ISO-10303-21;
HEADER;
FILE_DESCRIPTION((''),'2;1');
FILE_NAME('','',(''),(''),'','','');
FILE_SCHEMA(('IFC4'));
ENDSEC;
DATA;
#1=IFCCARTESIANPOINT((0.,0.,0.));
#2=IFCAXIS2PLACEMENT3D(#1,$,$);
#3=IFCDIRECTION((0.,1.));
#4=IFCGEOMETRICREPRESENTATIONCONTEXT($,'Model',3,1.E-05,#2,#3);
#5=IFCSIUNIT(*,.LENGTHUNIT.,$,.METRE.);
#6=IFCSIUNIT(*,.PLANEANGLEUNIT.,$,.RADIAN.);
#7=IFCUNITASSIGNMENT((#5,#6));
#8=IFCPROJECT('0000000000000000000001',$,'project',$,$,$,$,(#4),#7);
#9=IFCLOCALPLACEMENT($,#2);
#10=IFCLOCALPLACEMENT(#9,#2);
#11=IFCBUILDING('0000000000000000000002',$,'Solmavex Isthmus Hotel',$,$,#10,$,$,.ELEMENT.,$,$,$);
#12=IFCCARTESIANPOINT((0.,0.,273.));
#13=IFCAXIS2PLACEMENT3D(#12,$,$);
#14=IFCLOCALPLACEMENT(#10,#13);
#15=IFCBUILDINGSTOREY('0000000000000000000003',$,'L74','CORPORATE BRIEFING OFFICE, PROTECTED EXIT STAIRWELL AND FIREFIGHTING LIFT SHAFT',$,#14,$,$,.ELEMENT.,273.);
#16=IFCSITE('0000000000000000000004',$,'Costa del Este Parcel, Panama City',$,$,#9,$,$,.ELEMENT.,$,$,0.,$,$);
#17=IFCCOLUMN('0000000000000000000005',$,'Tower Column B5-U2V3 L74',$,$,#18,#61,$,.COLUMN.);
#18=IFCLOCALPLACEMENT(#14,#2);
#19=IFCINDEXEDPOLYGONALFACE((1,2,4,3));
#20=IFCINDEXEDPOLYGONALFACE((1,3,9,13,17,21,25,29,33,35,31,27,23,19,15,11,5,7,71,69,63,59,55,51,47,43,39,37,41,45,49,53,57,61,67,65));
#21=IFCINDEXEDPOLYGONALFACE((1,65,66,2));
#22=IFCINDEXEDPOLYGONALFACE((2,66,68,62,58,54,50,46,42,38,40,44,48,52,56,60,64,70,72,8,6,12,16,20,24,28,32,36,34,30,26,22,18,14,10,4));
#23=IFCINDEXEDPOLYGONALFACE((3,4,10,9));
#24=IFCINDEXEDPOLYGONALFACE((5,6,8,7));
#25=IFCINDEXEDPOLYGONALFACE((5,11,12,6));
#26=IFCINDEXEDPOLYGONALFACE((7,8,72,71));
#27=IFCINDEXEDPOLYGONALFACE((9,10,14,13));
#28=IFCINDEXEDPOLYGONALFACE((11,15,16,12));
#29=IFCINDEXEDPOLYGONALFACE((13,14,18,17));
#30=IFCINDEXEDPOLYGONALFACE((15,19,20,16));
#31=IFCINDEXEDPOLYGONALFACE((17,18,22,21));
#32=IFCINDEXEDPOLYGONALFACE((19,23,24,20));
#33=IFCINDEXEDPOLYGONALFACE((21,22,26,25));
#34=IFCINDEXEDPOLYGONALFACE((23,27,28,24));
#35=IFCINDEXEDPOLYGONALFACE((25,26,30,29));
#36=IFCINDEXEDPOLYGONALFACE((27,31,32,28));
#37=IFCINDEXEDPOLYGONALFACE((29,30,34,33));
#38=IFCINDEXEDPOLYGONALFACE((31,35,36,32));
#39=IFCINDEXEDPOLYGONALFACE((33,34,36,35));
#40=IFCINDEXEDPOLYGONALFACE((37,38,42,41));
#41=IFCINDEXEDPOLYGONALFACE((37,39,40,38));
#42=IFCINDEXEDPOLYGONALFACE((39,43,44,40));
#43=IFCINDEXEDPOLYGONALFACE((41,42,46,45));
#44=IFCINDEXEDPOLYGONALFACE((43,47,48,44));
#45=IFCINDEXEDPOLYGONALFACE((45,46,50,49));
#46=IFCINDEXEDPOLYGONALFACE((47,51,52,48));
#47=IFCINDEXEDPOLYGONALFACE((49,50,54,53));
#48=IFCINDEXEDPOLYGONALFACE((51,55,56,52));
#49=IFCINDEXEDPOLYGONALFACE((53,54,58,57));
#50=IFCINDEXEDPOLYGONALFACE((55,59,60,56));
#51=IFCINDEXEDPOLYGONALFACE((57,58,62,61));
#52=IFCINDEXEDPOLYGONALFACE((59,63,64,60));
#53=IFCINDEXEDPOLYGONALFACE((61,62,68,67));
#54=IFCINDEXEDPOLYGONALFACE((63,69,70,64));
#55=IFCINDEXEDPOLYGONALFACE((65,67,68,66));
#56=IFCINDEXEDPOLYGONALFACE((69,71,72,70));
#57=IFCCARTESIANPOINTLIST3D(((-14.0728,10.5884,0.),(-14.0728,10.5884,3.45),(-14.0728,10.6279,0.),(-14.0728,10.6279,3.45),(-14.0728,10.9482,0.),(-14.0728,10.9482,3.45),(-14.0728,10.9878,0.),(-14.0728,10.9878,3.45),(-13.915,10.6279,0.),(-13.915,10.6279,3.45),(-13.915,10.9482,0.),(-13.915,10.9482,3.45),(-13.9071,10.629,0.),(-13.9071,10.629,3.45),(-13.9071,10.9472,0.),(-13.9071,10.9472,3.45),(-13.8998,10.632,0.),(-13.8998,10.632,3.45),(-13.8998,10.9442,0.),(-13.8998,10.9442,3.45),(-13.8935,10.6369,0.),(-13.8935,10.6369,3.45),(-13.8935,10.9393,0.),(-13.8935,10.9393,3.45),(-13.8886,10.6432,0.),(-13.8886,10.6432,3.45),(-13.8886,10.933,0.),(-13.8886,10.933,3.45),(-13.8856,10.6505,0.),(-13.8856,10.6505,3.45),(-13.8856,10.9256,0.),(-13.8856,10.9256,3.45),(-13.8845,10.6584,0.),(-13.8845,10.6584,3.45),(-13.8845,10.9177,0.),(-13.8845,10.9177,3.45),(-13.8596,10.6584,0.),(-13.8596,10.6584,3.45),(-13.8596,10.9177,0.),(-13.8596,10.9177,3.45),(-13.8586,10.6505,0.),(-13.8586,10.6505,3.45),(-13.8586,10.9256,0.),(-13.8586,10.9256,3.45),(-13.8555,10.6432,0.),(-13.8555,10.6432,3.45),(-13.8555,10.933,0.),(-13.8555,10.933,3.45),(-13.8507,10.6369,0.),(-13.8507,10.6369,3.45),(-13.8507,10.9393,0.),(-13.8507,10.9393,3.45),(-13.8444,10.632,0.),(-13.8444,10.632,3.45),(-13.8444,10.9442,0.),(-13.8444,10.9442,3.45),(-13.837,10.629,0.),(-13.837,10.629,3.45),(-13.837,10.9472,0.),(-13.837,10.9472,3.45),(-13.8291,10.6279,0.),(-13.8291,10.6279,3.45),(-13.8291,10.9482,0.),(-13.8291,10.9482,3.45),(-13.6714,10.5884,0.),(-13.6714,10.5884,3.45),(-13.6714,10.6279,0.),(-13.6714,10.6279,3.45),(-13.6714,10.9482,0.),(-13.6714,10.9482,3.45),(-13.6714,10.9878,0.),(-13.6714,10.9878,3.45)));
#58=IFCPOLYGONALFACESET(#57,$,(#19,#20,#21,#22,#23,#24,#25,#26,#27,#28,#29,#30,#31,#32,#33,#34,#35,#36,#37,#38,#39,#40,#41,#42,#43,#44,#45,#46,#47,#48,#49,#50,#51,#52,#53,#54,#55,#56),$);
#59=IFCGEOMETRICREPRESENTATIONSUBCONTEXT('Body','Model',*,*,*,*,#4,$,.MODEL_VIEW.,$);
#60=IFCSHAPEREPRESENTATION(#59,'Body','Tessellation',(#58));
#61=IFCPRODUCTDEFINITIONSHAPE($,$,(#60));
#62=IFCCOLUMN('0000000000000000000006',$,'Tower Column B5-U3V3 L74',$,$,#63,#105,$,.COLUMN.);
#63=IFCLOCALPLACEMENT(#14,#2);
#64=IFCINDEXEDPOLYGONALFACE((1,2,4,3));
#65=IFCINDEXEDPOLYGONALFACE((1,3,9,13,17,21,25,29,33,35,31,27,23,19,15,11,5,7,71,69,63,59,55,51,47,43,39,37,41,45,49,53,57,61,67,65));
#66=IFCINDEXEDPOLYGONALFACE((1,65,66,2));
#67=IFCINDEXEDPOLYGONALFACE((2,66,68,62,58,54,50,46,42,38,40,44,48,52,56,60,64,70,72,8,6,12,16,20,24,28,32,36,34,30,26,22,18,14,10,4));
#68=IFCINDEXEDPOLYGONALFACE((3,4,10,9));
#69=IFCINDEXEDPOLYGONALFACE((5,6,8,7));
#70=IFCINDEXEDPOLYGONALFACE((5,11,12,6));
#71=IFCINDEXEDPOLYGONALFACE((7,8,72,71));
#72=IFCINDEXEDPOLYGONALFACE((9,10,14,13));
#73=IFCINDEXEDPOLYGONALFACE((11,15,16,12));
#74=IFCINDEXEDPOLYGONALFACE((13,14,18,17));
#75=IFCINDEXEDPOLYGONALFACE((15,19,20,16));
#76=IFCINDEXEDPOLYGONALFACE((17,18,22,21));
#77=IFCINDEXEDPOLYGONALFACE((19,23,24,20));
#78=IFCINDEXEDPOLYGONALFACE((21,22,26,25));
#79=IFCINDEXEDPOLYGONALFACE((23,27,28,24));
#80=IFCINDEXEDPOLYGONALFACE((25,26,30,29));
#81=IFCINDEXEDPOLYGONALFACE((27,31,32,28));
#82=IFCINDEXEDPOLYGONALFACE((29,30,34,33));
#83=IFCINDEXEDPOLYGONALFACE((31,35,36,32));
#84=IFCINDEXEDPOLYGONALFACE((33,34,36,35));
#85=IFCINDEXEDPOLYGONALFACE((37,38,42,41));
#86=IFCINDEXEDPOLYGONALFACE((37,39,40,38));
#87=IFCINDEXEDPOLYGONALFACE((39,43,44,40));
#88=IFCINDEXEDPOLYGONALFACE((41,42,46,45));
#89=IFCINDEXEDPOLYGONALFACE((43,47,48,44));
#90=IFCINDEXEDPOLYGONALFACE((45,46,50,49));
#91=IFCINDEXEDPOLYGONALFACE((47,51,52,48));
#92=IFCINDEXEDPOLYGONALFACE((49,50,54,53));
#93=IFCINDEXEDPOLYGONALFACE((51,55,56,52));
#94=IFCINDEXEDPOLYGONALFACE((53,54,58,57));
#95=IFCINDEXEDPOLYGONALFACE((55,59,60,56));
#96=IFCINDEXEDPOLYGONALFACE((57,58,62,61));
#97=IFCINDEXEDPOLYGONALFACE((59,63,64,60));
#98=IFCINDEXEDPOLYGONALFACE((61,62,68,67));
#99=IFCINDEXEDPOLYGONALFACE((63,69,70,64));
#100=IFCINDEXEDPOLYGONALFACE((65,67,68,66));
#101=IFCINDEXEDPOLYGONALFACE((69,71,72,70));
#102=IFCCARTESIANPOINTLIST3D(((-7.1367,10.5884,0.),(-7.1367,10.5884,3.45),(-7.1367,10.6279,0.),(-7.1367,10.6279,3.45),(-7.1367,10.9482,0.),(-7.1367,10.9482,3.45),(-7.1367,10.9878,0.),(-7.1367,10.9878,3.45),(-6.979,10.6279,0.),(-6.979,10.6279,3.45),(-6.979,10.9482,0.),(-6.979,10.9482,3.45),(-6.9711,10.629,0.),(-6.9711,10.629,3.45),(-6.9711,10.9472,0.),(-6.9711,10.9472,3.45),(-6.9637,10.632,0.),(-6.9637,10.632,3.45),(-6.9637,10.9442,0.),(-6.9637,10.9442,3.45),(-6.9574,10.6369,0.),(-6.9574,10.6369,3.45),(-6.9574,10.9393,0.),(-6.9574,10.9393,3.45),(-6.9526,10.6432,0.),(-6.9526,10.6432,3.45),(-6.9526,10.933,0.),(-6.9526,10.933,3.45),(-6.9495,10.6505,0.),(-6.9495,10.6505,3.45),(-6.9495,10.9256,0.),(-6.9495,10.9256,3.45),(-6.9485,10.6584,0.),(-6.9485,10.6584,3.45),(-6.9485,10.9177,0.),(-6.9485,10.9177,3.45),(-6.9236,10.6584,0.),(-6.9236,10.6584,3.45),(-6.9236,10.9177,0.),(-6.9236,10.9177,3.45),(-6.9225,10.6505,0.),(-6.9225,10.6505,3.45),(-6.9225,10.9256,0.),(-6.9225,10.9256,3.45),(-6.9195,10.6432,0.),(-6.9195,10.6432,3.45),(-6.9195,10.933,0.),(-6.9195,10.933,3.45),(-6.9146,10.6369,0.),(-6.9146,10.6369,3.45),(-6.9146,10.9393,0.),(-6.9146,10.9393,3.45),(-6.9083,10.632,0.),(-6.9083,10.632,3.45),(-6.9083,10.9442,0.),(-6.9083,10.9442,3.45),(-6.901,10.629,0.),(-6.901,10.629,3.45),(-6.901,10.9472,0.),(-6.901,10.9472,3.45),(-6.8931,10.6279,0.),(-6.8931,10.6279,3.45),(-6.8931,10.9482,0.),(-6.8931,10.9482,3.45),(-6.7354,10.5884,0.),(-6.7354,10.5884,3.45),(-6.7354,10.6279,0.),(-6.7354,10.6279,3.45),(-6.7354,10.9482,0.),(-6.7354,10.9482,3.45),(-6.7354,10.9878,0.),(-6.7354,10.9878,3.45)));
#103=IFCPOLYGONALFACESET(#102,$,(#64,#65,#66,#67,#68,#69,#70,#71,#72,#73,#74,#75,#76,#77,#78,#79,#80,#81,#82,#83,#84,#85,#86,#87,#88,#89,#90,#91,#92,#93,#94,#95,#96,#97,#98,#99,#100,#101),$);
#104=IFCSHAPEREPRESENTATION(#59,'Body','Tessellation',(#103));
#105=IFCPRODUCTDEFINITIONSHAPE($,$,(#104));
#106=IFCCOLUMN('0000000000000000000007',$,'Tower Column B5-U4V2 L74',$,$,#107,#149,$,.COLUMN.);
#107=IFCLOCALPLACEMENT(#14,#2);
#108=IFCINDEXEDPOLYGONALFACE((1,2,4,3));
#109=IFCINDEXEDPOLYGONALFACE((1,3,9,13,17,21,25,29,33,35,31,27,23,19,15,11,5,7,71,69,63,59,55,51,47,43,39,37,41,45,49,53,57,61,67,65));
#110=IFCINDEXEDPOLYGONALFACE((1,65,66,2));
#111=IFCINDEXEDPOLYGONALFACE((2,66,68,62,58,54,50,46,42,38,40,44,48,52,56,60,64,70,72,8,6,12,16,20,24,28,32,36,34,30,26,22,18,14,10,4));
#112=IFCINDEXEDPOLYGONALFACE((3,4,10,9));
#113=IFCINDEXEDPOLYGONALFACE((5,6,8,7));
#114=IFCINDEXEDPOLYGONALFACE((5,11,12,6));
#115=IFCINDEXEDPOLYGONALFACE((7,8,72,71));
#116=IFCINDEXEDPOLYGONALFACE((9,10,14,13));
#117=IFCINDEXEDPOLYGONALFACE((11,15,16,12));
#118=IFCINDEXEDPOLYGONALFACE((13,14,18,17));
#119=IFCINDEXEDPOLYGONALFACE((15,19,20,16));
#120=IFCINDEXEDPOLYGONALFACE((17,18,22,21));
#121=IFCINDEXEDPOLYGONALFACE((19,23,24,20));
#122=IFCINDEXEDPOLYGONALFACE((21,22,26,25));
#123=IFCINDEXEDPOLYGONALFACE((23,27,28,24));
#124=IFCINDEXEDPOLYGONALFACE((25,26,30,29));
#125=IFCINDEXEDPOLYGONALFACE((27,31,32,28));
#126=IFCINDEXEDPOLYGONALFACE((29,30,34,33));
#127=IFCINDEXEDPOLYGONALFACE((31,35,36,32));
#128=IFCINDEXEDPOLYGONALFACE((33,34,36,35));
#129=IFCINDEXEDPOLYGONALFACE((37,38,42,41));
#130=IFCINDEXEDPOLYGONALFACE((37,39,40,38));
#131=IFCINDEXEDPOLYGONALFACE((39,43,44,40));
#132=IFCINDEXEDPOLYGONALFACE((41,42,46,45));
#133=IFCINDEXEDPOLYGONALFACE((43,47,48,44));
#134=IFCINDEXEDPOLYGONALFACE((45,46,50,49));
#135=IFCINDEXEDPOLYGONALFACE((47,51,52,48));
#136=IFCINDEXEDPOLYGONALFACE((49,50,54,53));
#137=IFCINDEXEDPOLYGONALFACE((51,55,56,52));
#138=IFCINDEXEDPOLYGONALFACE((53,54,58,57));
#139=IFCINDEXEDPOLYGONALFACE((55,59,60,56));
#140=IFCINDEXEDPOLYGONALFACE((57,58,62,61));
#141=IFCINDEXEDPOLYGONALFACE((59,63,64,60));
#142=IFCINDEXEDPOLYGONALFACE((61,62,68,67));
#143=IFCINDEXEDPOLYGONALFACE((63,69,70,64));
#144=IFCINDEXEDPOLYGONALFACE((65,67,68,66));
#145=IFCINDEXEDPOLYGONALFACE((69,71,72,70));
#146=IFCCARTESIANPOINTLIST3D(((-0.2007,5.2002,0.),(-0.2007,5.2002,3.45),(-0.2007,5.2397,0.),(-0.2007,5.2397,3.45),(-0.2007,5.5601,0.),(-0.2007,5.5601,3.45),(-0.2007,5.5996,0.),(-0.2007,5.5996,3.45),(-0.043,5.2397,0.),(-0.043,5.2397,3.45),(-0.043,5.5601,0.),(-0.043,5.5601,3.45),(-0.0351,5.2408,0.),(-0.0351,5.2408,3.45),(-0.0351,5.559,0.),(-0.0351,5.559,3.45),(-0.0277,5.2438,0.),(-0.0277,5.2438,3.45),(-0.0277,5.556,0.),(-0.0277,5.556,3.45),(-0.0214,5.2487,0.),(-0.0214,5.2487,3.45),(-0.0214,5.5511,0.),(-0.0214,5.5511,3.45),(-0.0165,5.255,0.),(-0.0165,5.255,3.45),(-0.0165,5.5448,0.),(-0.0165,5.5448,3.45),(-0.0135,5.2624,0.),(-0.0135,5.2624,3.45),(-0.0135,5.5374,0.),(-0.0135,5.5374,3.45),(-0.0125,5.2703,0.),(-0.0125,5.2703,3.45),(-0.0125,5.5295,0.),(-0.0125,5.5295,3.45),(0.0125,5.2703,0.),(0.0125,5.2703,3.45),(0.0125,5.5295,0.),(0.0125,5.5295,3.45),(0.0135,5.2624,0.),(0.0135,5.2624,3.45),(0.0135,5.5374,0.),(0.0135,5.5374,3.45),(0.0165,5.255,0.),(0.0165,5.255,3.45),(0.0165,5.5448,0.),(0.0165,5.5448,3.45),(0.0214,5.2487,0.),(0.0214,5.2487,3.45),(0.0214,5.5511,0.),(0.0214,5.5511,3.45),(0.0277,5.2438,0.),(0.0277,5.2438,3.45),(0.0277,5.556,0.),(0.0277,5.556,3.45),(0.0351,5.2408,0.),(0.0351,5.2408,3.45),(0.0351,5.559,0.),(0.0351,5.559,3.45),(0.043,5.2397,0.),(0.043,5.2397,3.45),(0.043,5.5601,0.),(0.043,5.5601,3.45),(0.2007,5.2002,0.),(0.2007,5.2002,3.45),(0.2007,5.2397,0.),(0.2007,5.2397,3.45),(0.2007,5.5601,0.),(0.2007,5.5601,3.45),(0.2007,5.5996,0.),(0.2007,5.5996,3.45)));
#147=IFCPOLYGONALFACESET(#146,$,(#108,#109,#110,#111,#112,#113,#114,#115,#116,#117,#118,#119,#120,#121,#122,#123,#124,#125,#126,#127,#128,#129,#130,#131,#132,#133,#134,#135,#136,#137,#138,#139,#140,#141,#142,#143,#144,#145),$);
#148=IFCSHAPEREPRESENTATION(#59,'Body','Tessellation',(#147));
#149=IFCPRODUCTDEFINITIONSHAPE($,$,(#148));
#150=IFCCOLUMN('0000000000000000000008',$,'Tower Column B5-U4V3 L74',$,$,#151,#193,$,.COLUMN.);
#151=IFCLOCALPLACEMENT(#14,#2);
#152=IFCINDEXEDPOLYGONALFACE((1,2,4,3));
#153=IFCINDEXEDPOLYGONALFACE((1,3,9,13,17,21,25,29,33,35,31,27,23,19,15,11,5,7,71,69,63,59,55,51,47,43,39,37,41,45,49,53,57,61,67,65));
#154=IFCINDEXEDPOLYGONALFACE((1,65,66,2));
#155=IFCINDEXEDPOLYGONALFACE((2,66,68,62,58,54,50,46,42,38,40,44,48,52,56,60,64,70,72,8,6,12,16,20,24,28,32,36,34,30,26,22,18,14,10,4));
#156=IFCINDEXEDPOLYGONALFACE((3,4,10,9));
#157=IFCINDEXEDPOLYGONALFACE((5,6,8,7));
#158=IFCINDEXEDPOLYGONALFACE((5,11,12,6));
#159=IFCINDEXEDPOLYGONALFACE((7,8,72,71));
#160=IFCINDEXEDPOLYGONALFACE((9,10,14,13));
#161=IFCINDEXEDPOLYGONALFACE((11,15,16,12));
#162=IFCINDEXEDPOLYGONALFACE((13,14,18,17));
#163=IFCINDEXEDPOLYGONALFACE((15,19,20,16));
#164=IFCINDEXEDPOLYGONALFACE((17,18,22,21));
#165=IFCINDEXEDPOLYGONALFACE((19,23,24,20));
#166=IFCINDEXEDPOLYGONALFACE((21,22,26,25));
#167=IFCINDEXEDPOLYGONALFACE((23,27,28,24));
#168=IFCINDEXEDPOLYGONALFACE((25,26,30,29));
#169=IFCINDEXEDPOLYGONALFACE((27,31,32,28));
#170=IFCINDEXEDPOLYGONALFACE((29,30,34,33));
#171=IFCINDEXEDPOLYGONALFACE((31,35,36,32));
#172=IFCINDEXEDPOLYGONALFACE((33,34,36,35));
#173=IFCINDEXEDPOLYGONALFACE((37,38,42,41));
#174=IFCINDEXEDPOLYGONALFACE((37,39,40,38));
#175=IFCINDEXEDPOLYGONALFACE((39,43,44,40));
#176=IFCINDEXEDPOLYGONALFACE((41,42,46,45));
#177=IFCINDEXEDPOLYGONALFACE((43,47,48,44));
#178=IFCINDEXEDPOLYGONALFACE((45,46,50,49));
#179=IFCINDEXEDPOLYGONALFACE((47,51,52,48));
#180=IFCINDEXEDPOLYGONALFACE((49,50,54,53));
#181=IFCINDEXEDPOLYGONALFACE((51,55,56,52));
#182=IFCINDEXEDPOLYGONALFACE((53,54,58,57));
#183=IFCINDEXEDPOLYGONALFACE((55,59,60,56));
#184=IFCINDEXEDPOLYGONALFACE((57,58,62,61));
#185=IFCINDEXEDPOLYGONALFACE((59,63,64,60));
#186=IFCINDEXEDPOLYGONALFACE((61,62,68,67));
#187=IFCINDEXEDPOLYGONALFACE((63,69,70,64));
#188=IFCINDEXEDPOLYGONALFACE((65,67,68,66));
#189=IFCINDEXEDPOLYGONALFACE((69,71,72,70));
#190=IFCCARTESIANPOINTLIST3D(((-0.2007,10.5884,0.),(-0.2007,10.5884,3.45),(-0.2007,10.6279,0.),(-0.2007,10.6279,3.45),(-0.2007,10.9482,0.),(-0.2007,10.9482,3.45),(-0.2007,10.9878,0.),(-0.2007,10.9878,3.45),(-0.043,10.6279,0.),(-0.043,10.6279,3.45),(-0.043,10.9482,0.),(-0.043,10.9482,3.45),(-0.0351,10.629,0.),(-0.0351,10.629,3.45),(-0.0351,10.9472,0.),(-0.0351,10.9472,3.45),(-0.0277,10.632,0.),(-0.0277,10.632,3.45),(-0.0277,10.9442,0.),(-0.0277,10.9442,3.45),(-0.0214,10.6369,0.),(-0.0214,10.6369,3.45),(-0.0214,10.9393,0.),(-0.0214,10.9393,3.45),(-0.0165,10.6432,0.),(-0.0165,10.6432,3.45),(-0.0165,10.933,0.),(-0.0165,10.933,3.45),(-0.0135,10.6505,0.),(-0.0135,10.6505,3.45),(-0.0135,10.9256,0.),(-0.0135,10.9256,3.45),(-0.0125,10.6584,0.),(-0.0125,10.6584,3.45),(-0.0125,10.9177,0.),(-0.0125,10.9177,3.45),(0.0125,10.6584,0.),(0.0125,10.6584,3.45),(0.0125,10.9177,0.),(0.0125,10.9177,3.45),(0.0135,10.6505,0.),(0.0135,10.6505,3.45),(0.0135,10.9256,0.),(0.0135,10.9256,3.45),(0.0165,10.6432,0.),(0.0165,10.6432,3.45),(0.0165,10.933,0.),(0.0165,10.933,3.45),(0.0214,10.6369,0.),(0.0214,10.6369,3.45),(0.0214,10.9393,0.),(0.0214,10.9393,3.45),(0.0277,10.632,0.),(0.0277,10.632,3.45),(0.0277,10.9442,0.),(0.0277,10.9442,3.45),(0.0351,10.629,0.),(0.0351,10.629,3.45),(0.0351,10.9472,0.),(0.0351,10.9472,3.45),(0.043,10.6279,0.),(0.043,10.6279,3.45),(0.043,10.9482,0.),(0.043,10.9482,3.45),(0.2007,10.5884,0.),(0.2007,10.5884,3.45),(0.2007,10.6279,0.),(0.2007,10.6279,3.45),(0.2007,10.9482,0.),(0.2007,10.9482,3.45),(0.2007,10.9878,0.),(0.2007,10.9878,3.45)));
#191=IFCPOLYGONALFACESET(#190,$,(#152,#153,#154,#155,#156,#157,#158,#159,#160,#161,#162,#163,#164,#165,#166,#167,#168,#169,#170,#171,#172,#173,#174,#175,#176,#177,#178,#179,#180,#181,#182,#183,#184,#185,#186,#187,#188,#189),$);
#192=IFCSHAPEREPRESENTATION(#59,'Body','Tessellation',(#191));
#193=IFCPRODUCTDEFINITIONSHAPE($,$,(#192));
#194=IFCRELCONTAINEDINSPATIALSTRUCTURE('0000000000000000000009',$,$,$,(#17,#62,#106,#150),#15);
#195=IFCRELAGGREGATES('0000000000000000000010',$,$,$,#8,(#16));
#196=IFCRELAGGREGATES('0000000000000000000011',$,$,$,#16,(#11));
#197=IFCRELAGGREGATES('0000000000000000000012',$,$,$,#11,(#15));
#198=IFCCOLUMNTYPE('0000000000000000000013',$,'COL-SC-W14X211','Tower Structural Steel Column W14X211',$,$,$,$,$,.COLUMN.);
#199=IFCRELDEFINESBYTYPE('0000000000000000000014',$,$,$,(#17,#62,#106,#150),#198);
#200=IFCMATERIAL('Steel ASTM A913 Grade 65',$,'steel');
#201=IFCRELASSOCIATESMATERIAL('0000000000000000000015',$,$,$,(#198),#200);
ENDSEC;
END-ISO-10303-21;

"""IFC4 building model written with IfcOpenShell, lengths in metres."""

from ifc_helpers import new_model, si_unit, direction, frame, origin, origin_2d, place, context, subcontext, project, spatial, i_section, extrude, material, material_profile, profile_set, type_object, element, save


model = new_model("IFC4")

# Units and contexts
model_context = context("Model", 3, precision=1e-05, world=origin(), true_north=direction((0.0, 1.0)))
body_context = subcontext(model_context, "Body", "Model", "MODEL_VIEW")
ifc_project = project(units=[si_unit("LENGTHUNIT", "METRE"), si_unit("PLANEANGLEUNIT", "RADIAN")], contexts=[model_context])

# Site, building, storey
site_placement = place(None, origin())
site = spatial("IfcSite", under=ifc_project, at=site_placement, Name="Costa del Este Parcel, Panama City", CompositionType="ELEMENT", RefElevation=0.0)
building_placement = place(site_placement, origin())
building = spatial("IfcBuilding", under=site, at=building_placement, Name="Solmavex Isthmus Hotel", CompositionType="ELEMENT")
storey_placement = place(building_placement, frame((0.0, 0.0, 273.0)))
storey = spatial("IfcBuildingStorey", under=building, at=storey_placement, Name="L74", Description="CORPORATE BRIEFING OFFICE, PROTECTED EXIT STAIRWELL AND FIREFIGHTING LIFT SHAFT", CompositionType="ELEMENT", Elevation=273.0)

# Columns
ifc_material_1 = material(Name="Steel ASTM A913 Grade 65", Category="steel")
ifc_material_profile_1 = material_profile(ifc_material_1, i_section(OverallWidth=0.4014, OverallDepth=0.3994, WebThickness=0.0249, FlangeThickness=0.0396, FilletRadius=0.0305, at=origin_2d()), Name="W14X211")
ifc_profile_set_1 = profile_set([ifc_material_profile_1], Name="Steel ASTM A913 Grade 65")
column_type_1 = type_object("IfcColumnType", Name="COL-SC-W14X211", Description="Tower Structural Steel Column W14X211", PredefinedType="COLUMN", material=ifc_profile_set_1)
for number, where, z_axis, x_axis, name in (
    (1, (-13.8721, 10.7881, 0.0), (0.0, 0.0, 1.0), (1.0, 0.0, 0.0), "Tower Column B5-U2V3 L74"),
    (2, (-6.936, 10.7881, 0.0), (0.0, 0.0, 1.0), (1.0, 0.0, 0.0), "Tower Column B5-U3V3 L74"),
    (3, (0.0, 5.3999, 0.0), (0.0, 0.0, 1.0), (1.0, 0.0, 0.0), "Tower Column B5-U4V2 L74"),
    (4, (0.0, 10.7881, 0.0), (0.0, 0.0, 1.0), (1.0, 0.0, 0.0), "Tower Column B5-U4V3 L74"),
):
    element("IfcColumn", number, at=place(storey_placement, frame(where, z_axis=z_axis, x_axis=x_axis)), inside=storey, type_object=column_type_1, Name=name, PredefinedType="COLUMN", context=body_context, shape_type="SweptSolid", body=[
        extrude(i_section(OverallWidth=0.4014, OverallDepth=0.3994, WebThickness=0.0249, FlangeThickness=0.0396, FilletRadius=0.0305, at=origin_2d()), origin(), (0.0, 0.0, 1.0), 3.45),
    ])

save(model, "model.ifc")
